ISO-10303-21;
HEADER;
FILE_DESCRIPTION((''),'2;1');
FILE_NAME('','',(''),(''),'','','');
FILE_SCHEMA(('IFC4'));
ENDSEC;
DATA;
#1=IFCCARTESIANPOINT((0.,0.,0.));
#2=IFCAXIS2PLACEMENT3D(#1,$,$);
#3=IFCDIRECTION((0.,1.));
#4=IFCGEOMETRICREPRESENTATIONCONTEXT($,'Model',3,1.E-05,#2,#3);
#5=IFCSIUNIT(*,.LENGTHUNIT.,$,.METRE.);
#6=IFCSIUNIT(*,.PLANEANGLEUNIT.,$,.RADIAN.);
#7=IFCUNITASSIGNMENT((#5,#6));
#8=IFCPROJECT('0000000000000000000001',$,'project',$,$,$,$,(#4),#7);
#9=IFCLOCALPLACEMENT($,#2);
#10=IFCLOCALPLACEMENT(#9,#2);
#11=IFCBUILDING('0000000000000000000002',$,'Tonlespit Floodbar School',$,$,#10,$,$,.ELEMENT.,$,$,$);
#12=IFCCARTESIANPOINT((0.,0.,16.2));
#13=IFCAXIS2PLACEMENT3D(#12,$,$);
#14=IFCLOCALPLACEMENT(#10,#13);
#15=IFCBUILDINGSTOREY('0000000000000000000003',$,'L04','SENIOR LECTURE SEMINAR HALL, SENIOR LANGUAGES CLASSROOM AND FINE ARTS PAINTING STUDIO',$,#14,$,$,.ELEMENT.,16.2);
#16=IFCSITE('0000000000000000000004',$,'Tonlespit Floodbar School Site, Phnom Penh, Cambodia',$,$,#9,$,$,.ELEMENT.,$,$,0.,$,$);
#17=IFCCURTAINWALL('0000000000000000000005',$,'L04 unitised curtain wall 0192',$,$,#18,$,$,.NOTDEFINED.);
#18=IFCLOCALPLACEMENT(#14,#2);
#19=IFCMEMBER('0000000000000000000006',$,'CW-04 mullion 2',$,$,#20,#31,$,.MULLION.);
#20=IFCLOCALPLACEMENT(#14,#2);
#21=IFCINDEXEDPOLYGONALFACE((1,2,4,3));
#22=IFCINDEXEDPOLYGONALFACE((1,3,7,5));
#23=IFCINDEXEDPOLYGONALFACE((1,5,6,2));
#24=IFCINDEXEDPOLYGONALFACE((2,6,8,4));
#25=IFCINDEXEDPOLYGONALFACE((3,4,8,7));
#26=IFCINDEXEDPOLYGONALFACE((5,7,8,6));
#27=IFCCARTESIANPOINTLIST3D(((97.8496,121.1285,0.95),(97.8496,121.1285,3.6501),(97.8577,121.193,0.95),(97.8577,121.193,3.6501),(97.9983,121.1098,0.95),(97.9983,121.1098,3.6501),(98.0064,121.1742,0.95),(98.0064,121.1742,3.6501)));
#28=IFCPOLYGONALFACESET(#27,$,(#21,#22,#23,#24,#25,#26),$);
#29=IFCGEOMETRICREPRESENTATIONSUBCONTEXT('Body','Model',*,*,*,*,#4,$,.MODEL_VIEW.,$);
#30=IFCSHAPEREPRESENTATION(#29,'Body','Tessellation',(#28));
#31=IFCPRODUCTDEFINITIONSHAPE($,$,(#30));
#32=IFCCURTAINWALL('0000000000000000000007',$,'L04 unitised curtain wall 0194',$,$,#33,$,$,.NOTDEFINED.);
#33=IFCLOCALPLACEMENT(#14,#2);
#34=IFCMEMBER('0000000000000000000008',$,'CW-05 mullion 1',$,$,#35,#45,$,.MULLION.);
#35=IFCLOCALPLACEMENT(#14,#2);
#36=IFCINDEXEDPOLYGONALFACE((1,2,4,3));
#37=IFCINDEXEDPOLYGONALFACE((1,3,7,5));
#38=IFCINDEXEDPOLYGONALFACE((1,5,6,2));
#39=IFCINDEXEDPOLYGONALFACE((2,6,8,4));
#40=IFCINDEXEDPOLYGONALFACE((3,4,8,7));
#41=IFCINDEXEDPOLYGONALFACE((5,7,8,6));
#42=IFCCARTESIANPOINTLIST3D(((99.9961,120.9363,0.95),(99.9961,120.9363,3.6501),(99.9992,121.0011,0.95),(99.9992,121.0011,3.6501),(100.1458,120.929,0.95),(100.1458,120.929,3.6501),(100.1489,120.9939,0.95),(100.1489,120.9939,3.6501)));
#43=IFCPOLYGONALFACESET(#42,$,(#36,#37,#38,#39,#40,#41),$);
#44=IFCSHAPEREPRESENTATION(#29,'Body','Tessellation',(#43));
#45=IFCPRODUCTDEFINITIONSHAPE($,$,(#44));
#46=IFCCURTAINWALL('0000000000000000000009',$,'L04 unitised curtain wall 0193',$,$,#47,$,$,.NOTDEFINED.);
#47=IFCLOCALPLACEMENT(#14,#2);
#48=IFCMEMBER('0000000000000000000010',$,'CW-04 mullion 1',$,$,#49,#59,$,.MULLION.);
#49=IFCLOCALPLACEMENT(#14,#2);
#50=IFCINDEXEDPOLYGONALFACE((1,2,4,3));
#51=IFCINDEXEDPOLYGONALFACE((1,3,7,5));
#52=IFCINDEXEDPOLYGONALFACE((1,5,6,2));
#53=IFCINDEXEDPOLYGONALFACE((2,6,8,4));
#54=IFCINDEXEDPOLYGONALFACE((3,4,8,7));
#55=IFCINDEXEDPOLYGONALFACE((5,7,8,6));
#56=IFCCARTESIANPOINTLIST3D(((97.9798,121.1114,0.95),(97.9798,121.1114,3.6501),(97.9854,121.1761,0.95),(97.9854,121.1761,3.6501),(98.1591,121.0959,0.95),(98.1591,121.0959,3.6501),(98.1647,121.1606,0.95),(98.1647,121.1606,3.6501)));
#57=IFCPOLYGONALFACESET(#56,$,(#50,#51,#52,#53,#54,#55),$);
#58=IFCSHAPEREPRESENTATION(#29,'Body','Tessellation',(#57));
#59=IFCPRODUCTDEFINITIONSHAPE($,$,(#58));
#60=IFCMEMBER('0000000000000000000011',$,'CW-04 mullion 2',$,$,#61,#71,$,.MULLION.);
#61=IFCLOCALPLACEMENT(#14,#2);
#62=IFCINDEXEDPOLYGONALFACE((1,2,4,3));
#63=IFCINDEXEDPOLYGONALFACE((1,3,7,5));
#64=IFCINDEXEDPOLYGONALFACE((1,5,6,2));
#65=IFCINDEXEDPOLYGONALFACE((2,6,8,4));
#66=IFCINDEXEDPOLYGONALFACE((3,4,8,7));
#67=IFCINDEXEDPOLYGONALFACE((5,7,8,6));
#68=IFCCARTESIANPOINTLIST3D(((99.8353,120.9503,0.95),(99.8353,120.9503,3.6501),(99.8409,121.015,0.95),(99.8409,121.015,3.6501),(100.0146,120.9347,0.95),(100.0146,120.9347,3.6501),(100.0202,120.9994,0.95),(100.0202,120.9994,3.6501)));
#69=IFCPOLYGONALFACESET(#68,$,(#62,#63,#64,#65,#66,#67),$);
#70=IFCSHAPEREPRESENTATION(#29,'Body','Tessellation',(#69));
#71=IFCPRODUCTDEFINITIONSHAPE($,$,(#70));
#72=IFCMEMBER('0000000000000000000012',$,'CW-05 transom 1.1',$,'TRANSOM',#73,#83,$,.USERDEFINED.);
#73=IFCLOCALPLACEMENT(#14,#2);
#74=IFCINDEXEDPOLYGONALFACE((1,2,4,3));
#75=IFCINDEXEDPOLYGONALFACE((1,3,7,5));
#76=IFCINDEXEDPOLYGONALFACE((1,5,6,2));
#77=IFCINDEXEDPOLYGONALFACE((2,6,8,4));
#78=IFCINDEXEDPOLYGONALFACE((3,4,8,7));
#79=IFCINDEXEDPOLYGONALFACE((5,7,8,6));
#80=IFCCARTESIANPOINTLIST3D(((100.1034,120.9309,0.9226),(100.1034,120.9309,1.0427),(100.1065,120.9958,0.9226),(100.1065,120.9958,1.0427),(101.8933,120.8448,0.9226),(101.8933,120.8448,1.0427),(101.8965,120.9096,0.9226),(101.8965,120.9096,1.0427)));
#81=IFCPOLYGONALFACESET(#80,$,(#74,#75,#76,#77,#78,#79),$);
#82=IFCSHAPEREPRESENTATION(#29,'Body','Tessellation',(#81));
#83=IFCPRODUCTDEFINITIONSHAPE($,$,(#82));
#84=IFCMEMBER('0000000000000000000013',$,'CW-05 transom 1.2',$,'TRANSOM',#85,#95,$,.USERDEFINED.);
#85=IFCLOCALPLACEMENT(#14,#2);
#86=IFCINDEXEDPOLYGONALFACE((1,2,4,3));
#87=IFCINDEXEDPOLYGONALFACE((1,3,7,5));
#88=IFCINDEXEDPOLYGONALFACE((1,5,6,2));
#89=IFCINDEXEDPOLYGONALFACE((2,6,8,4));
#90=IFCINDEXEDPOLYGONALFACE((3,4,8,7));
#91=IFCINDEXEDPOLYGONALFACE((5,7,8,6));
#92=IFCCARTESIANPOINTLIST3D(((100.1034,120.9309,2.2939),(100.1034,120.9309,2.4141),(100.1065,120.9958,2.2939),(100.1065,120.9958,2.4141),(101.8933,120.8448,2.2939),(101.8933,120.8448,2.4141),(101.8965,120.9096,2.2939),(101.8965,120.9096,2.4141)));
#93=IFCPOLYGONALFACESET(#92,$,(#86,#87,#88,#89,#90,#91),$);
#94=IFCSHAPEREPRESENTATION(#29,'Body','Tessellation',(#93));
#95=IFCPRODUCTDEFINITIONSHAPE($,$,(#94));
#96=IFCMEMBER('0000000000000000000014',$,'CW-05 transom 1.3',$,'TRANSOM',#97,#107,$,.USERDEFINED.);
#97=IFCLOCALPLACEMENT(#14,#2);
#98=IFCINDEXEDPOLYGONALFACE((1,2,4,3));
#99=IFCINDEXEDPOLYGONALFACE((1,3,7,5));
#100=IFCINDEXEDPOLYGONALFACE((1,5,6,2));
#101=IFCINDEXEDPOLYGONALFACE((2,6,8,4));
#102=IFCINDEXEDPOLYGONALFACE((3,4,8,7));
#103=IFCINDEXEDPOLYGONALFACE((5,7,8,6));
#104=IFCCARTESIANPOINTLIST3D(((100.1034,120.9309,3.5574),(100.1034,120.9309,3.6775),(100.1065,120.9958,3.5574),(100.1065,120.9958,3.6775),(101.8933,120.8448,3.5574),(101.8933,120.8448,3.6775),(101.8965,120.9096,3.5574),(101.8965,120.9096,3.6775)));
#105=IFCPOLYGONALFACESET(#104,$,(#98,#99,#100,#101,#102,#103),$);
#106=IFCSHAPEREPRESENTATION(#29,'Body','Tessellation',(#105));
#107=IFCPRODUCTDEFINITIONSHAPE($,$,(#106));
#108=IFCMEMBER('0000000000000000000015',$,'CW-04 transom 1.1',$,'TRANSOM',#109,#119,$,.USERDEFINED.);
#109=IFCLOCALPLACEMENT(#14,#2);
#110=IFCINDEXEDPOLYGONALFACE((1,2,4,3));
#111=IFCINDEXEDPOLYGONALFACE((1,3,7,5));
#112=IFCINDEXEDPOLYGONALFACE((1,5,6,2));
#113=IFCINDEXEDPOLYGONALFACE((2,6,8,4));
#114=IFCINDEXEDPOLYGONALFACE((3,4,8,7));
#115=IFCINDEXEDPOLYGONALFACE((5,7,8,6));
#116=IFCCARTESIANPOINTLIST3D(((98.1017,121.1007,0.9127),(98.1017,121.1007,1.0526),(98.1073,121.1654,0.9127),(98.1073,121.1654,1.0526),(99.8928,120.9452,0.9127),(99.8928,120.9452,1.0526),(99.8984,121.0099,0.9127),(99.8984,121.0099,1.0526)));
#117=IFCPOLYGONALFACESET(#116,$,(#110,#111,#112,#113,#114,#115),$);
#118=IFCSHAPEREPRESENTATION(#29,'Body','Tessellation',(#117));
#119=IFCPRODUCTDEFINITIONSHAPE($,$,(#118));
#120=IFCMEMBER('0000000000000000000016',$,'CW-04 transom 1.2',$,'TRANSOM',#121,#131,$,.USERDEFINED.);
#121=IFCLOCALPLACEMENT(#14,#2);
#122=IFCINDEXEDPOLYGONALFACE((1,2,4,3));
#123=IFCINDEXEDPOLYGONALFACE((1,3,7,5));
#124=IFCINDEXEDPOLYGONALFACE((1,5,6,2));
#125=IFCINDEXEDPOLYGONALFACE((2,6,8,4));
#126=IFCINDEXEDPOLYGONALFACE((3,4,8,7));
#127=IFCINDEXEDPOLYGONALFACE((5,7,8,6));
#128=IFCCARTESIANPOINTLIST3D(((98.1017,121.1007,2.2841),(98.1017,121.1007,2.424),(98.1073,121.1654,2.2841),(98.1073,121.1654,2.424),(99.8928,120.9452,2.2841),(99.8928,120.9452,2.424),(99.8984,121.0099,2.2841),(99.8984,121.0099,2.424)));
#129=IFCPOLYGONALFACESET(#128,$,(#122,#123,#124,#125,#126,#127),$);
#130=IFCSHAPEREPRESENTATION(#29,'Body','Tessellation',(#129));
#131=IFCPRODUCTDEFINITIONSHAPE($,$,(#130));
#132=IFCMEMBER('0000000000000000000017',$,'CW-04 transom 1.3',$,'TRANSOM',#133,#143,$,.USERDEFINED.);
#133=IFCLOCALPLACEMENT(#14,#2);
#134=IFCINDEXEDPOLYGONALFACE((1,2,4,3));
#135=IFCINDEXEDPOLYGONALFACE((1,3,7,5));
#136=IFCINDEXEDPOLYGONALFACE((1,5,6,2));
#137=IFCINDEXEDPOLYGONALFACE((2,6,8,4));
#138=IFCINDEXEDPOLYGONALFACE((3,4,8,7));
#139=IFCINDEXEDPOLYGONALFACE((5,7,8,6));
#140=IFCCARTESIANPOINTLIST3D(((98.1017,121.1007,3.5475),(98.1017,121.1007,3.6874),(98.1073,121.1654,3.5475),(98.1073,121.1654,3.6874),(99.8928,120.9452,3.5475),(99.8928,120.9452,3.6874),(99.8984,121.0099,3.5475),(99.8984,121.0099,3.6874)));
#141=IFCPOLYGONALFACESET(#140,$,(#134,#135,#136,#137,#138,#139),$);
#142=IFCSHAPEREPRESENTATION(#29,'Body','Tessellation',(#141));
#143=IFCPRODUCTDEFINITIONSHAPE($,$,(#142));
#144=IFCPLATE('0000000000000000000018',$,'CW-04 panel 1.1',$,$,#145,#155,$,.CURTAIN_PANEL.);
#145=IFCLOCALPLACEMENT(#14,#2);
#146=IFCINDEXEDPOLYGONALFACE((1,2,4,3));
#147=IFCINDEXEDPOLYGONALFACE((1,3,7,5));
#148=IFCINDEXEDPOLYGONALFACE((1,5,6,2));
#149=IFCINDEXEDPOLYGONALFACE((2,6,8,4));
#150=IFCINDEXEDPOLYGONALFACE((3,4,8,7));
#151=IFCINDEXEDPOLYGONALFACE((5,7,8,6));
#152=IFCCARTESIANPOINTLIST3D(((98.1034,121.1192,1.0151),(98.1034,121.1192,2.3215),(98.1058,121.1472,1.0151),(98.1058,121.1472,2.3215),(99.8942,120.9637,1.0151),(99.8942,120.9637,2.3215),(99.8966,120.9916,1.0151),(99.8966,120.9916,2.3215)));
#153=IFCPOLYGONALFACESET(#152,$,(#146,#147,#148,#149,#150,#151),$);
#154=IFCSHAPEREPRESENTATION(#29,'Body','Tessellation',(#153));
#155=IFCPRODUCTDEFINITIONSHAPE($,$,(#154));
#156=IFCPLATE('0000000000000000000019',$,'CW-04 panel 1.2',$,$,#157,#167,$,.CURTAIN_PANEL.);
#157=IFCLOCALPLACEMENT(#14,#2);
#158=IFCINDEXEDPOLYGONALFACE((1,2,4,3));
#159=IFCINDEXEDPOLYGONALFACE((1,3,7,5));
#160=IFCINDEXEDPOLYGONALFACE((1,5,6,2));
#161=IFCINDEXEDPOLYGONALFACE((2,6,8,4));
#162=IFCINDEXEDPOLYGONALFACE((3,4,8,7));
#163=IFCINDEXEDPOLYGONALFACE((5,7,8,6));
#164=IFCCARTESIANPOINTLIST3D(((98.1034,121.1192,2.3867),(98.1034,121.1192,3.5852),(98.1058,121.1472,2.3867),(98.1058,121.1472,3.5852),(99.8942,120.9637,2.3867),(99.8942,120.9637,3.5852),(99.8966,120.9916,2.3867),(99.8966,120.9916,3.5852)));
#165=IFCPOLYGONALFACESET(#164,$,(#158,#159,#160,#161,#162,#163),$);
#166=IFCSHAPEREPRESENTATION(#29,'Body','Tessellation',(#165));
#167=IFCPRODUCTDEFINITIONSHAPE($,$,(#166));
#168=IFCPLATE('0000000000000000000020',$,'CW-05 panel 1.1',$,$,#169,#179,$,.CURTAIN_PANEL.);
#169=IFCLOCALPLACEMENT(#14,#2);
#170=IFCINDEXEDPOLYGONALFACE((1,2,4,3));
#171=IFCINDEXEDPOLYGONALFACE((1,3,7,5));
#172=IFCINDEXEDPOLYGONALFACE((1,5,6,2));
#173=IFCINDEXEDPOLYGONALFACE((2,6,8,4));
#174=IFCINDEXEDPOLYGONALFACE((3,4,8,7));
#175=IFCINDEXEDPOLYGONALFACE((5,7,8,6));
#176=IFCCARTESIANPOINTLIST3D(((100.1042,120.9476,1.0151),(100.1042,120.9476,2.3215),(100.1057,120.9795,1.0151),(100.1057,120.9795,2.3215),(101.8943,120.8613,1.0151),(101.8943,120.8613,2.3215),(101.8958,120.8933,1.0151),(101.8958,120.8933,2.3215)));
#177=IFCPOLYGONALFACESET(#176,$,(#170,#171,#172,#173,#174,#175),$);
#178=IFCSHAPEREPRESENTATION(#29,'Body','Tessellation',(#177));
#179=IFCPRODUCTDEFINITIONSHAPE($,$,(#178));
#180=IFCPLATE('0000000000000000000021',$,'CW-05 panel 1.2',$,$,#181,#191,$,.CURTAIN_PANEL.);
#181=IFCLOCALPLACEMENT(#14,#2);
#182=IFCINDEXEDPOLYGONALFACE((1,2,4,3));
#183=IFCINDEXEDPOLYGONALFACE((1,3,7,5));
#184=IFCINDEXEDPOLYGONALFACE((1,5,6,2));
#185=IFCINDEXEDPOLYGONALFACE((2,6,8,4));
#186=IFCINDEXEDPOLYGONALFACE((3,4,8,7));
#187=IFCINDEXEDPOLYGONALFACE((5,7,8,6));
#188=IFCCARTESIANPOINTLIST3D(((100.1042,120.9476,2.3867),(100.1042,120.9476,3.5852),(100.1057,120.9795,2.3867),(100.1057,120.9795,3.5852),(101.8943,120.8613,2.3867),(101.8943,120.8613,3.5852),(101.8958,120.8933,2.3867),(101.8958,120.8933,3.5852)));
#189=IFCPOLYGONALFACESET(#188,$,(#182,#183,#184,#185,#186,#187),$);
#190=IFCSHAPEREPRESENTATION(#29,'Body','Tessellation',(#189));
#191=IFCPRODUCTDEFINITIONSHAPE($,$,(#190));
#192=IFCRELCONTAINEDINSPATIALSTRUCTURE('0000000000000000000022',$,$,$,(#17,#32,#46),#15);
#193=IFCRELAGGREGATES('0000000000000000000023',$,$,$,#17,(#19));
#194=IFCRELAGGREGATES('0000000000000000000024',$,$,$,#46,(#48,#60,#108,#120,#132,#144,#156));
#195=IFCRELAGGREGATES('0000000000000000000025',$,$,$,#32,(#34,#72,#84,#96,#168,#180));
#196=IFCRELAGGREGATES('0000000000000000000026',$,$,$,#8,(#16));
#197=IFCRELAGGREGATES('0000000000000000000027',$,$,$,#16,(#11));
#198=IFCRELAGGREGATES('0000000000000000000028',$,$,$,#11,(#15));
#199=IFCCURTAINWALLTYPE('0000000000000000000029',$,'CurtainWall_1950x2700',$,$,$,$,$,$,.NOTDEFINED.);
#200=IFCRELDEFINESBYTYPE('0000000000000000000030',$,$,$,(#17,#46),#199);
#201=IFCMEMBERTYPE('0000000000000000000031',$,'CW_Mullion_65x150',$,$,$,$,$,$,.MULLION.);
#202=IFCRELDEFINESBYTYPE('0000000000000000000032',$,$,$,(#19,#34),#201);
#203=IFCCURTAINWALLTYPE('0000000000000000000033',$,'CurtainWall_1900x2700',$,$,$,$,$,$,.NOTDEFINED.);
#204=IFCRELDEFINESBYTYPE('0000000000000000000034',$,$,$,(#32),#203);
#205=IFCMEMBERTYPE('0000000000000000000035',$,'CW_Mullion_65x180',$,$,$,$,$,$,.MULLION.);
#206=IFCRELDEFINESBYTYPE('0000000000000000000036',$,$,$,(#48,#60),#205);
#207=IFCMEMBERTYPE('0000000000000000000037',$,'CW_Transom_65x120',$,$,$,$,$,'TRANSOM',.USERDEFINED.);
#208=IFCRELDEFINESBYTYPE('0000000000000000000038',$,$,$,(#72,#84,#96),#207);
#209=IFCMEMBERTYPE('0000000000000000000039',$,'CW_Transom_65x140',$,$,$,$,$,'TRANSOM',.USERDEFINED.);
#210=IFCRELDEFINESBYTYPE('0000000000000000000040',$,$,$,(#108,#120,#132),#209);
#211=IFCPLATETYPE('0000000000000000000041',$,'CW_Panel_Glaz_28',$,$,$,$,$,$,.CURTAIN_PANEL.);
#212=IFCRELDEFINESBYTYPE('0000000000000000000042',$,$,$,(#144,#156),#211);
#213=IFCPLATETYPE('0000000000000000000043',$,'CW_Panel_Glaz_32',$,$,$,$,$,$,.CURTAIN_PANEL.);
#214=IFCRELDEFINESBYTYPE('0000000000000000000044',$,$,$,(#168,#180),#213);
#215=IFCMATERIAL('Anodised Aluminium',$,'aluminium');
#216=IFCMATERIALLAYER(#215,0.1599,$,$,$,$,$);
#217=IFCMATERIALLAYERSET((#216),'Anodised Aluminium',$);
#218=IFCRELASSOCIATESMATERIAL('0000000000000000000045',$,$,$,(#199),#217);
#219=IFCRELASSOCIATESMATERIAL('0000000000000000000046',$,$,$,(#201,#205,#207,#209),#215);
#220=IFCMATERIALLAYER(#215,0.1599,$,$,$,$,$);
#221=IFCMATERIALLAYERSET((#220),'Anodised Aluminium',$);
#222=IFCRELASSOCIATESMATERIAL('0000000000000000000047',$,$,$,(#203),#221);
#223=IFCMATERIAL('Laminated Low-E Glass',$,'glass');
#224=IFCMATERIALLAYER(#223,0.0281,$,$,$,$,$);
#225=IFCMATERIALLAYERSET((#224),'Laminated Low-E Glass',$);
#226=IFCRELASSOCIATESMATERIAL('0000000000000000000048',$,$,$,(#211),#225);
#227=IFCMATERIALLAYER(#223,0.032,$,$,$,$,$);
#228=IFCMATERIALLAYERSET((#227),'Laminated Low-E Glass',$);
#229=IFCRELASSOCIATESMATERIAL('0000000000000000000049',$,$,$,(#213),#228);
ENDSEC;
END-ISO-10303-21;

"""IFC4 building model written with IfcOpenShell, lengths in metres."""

from ifc_helpers import new_model, si_unit, direction, frame, origin, origin_2d, place, context, subcontext, project, spatial, rectangle, extrude, material, layer, layer_set, material_profile, profile_set, type_object, element, aggregate, save


model = new_model("IFC4")

# Units and contexts
model_context = context("Model", 3, precision=1e-05, world=origin(), true_north=direction((0.0, 1.0)))
body_context = subcontext(model_context, "Body", "Model", "MODEL_VIEW")
ifc_project = project(units=[si_unit("LENGTHUNIT", "METRE"), si_unit("PLANEANGLEUNIT", "RADIAN")], contexts=[model_context])

# Site, building, storey
site_placement = place(None, origin())
site = spatial("IfcSite", under=ifc_project, at=site_placement, Name="Tonlespit Floodbar School Site, Phnom Penh, Cambodia", CompositionType="ELEMENT", RefElevation=0.0)
building_placement = place(site_placement, origin())
building = spatial("IfcBuilding", under=site, at=building_placement, Name="Tonlespit Floodbar School", CompositionType="ELEMENT")
storey_placement = place(building_placement, frame((0.0, 0.0, 16.2)))
storey = spatial("IfcBuildingStorey", under=building, at=storey_placement, Name="L04", Description="SENIOR LECTURE SEMINAR HALL, SENIOR LANGUAGES CLASSROOM AND FINE ARTS PAINTING STUDIO", CompositionType="ELEMENT", Elevation=16.2)

# Curtain walls, members
ifc_material_1 = material(Name="Anodised Aluminium", Category="aluminium")
ifc_layer_1 = layer(ifc_material_1, 0.1599)
ifc_layer_set_1 = layer_set([ifc_layer_1], Name="Anodised Aluminium")
curtain_wall_type_1 = type_object("IfcCurtainWallType", Name="CurtainWall_1950x2700", PredefinedType="NOTDEFINED", material=ifc_layer_set_1)
curtain_wall_1_placement = place(storey_placement, origin())
curtain_wall_1 = element("IfcCurtainWall", 1, at=curtain_wall_1_placement, inside=storey, type_object=curtain_wall_type_1, Name="L04 unitised curtain wall 0192", PredefinedType="NOTDEFINED")
ifc_material_profile_1 = material_profile(ifc_material_1, rectangle(XDim=0.0649, YDim=0.1499, at=origin_2d()), Name="ALU M65x150")
ifc_profile_set_1 = profile_set([ifc_material_profile_1], Name="Anodised Aluminium")
member_type_1 = type_object("IfcMemberType", Name="CW_Mullion_65x150", PredefinedType="MULLION", material=ifc_profile_set_1)
member_1_placement = place(storey_placement, frame((97.928, 121.1514, 0.95), z_axis=(0.0, 0.0, 1.0), x_axis=(0.125014, 0.992155, 0.0)))
member_1 = element("IfcMember", 2, at=member_1_placement, type_object=member_type_1, Name="CW-04 mullion 2", PredefinedType="MULLION", context=body_context, shape_type="SweptSolid", body=[
    extrude(rectangle(XDim=0.0649, YDim=0.1499, at=origin_2d()), origin(), (0.0, 0.0, 1.0), 2.7002),
])
aggregate(curtain_wall_1, [member_1])
ifc_layer_2 = layer(ifc_material_1, 0.1599)
ifc_layer_set_2 = layer_set([ifc_layer_2], Name="Anodised Aluminium")
curtain_wall_type_2 = type_object("IfcCurtainWallType", Name="CurtainWall_1900x2700", PredefinedType="NOTDEFINED", material=ifc_layer_set_2)
curtain_wall_2_placement = place(storey_placement, origin())
curtain_wall_2 = element("IfcCurtainWall", 3, at=curtain_wall_2_placement, inside=storey, type_object=curtain_wall_type_2, Name="L04 unitised curtain wall 0194", PredefinedType="NOTDEFINED")
member_2_placement = place(storey_placement, frame((100.0725, 120.9651, 0.95), z_axis=(0.0, 0.0, 1.0), x_axis=(0.048121, 0.998842, 0.0)))
member_2 = element("IfcMember", 4, at=member_2_placement, type_object=member_type_1, Name="CW-05 mullion 1", PredefinedType="MULLION", context=body_context, shape_type="SweptSolid", body=[
    extrude(rectangle(XDim=0.0649, YDim=0.1499, at=origin_2d()), origin(), (0.0, 0.0, 1.0), 2.7002),
])

# Curtain wall, members
curtain_wall_3_placement = place(storey_placement, origin())
curtain_wall_3 = element("IfcCurtainWall", 5, at=curtain_wall_3_placement, inside=storey, type_object=curtain_wall_type_1, Name="L04 unitised curtain wall 0193", PredefinedType="NOTDEFINED")
ifc_material_profile_2 = material_profile(ifc_material_1, rectangle(XDim=0.0649, YDim=0.1799, at=origin_2d()), Name="ALU M65x180")
ifc_profile_set_2 = profile_set([ifc_material_profile_2], Name="Anodised Aluminium")
member_type_2 = type_object("IfcMemberType", Name="CW_Mullion_65x180", PredefinedType="MULLION", material=ifc_profile_set_2)
member_3_placement = place(storey_placement, frame((98.0723, 121.136, 0.95), z_axis=(0.0, 0.0, 1.0), x_axis=(0.086531, 0.996249, 0.0)))
member_3 = element("IfcMember", 6, at=member_3_placement, type_object=member_type_2, Name="CW-04 mullion 1", PredefinedType="MULLION", context=body_context, shape_type="SweptSolid", body=[
    extrude(rectangle(XDim=0.0649, YDim=0.1799, at=origin_2d()), origin(), (0.0, 0.0, 1.0), 2.7002),
])
member_4_placement = place(storey_placement, frame((99.9277, 120.9749, 0.95), z_axis=(0.0, 0.0, 1.0), x_axis=(0.086531, 0.996249, 0.0)))
member_4 = element("IfcMember", 7, at=member_4_placement, type_object=member_type_2, Name="CW-04 mullion 2", PredefinedType="MULLION", context=body_context, shape_type="SweptSolid", body=[
    extrude(rectangle(XDim=0.0649, YDim=0.1799, at=origin_2d()), origin(), (0.0, 0.0, 1.0), 2.7002),
])

# Members
ifc_material_profile_3 = material_profile(ifc_material_1, rectangle(XDim=0.0649, YDim=0.1201, at=origin_2d()), Name="ALU T65x120")
ifc_profile_set_3 = profile_set([ifc_material_profile_3], Name="Anodised Aluminium")
member_type_3 = type_object("IfcMemberType", Name="CW_Transom_65x120", ElementType="TRANSOM", PredefinedType="USERDEFINED", material=ifc_profile_set_3)
member_5_placement = place(storey_placement, frame((100.105, 120.9634, 0.9827), z_axis=(0.998843, -0.048089, 0.0), x_axis=(0.048089, 0.998843, 0.0)))
member_5 = element("IfcMember", 8, at=member_5_placement, type_object=member_type_3, Name="CW-05 transom 1.1", ObjectType="TRANSOM", PredefinedType="USERDEFINED", context=body_context, shape_type="SweptSolid", body=[
    extrude(rectangle(XDim=0.0649, YDim=0.1201, at=origin_2d()), origin(), (0.0, 0.0, 1.0), 1.792),
])
member_6_placement = place(storey_placement, frame((100.105, 120.9634, 2.354), z_axis=(0.998843, -0.048089, 0.0), x_axis=(0.048089, 0.998843, 0.0)))
member_6 = element("IfcMember", 9, at=member_6_placement, type_object=member_type_3, Name="CW-05 transom 1.2", ObjectType="TRANSOM", PredefinedType="USERDEFINED", context=body_context, shape_type="SweptSolid", body=[
    extrude(rectangle(XDim=0.0649, YDim=0.1201, at=origin_2d()), origin(), (0.0, 0.0, 1.0), 1.792),
])
member_7_placement = place(storey_placement, frame((100.105, 120.9634, 3.6174), z_axis=(0.998843, -0.048089, 0.0), x_axis=(0.048089, 0.998843, 0.0)))
member_7 = element("IfcMember", 10, at=member_7_placement, type_object=member_type_3, Name="CW-05 transom 1.3", ObjectType="TRANSOM", PredefinedType="USERDEFINED", context=body_context, shape_type="SweptSolid", body=[
    extrude(rectangle(XDim=0.0649, YDim=0.1201, at=origin_2d()), origin(), (0.0, 0.0, 1.0), 1.792),
])
ifc_material_profile_4 = material_profile(ifc_material_1, rectangle(XDim=0.0649, YDim=0.1399, at=origin_2d()), Name="ALU T65x140")
ifc_profile_set_4 = profile_set([ifc_material_profile_4], Name="Anodised Aluminium")
member_type_4 = type_object("IfcMemberType", Name="CW_Transom_65x140", ElementType="TRANSOM", PredefinedType="USERDEFINED", material=ifc_profile_set_4)
member_8_placement = place(storey_placement, frame((98.1045, 121.1331, 0.9827), z_axis=(0.996251, -0.086507, 0.0), x_axis=(0.086507, 0.996251, 0.0)))
member_8 = element("IfcMember", 11, at=member_8_placement, type_object=member_type_4, Name="CW-04 transom 1.1", ObjectType="TRANSOM", PredefinedType="USERDEFINED", context=body_context, shape_type="SweptSolid", body=[
    extrude(rectangle(XDim=0.0649, YDim=0.1399, at=origin_2d()), origin(), (0.0, 0.0, 1.0), 1.7979),
])
member_9_placement = place(storey_placement, frame((98.1045, 121.1331, 2.354), z_axis=(0.996251, -0.086507, 0.0), x_axis=(0.086507, 0.996251, 0.0)))
member_9 = element("IfcMember", 12, at=member_9_placement, type_object=member_type_4, Name="CW-04 transom 1.2", ObjectType="TRANSOM", PredefinedType="USERDEFINED", context=body_context, shape_type="SweptSolid", body=[
    extrude(rectangle(XDim=0.0649, YDim=0.1399, at=origin_2d()), origin(), (0.0, 0.0, 1.0), 1.7979),
])
member_10_placement = place(storey_placement, frame((98.1045, 121.1331, 3.6174), z_axis=(0.996251, -0.086507, 0.0), x_axis=(0.086507, 0.996251, 0.0)))
member_10 = element("IfcMember", 13, at=member_10_placement, type_object=member_type_4, Name="CW-04 transom 1.3", ObjectType="TRANSOM", PredefinedType="USERDEFINED", context=body_context, shape_type="SweptSolid", body=[
    extrude(rectangle(XDim=0.0649, YDim=0.1399, at=origin_2d()), origin(), (0.0, 0.0, 1.0), 1.7979),
])

# Plates
ifc_material_2 = material(Name="Laminated Low-E Glass", Category="glass")
ifc_layer_3 = layer(ifc_material_2, 0.0281)
ifc_layer_set_3 = layer_set([ifc_layer_3], Name="Laminated Low-E Glass")
plate_type_1 = type_object("IfcPlateType", Name="CW_Panel_Glaz_28", PredefinedType="CURTAIN_PANEL", material=ifc_layer_set_3)
plate_1_placement = place(storey_placement, frame((99.0, 121.0554, 1.0151), z_axis=(0.0, 0.0, 1.0), x_axis=(0.996249, -0.086531, 0.0)))
plate_1 = element("IfcPlate", 14, at=plate_1_placement, type_object=plate_type_1, Name="CW-04 panel 1.1", PredefinedType="CURTAIN_PANEL", context=body_context, shape_type="SweptSolid", body=[
    extrude(rectangle(XDim=1.7976, YDim=0.0281, at=origin_2d()), origin(), (0.0, 0.0, 1.0), 1.3064),
])
plate_2_placement = place(storey_placement, frame((99.0, 121.0554, 2.3867), z_axis=(0.0, 0.0, 1.0), x_axis=(0.996249, -0.086531, 0.0)))
plate_2 = element("IfcPlate", 15, at=plate_2_placement, type_object=plate_type_1, Name="CW-04 panel 1.2", PredefinedType="CURTAIN_PANEL", context=body_context, shape_type="SweptSolid", body=[
    extrude(rectangle(XDim=1.7976, YDim=0.0281, at=origin_2d()), origin(), (0.0, 0.0, 1.0), 1.1985),
])
aggregate(curtain_wall_3, [member_3, member_4, member_8, member_9, member_10, plate_1, plate_2])
ifc_layer_4 = layer(ifc_material_2, 0.032)
ifc_layer_set_4 = layer_set([ifc_layer_4], Name="Laminated Low-E Glass")
plate_type_2 = type_object("IfcPlateType", Name="CW_Panel_Glaz_32", PredefinedType="CURTAIN_PANEL", material=ifc_layer_set_4)
plate_3_placement = place(storey_placement, frame((101.0, 120.9204, 1.0151), z_axis=(0.0, 0.0, 1.0), x_axis=(0.998842, -0.048121, 0.0)))
plate_3 = element("IfcPlate", 16, at=plate_3_placement, type_object=plate_type_2, Name="CW-05 panel 1.1", PredefinedType="CURTAIN_PANEL", context=body_context, shape_type="SweptSolid", body=[
    extrude(rectangle(XDim=1.7922, YDim=0.032, at=origin_2d()), origin(), (0.0, 0.0, 1.0), 1.3064),
])
plate_4_placement = place(storey_placement, frame((101.0, 120.9204, 2.3867), z_axis=(0.0, 0.0, 1.0), x_axis=(0.998842, -0.048121, 0.0)))
plate_4 = element("IfcPlate", 17, at=plate_4_placement, type_object=plate_type_2, Name="CW-05 panel 1.2", PredefinedType="CURTAIN_PANEL", context=body_context, shape_type="SweptSolid", body=[
    extrude(rectangle(XDim=1.7922, YDim=0.032, at=origin_2d()), origin(), (0.0, 0.0, 1.0), 1.1985),
])
aggregate(curtain_wall_2, [member_2, member_5, member_6, member_7, plate_3, plate_4])

save(model, "model.ifc")
